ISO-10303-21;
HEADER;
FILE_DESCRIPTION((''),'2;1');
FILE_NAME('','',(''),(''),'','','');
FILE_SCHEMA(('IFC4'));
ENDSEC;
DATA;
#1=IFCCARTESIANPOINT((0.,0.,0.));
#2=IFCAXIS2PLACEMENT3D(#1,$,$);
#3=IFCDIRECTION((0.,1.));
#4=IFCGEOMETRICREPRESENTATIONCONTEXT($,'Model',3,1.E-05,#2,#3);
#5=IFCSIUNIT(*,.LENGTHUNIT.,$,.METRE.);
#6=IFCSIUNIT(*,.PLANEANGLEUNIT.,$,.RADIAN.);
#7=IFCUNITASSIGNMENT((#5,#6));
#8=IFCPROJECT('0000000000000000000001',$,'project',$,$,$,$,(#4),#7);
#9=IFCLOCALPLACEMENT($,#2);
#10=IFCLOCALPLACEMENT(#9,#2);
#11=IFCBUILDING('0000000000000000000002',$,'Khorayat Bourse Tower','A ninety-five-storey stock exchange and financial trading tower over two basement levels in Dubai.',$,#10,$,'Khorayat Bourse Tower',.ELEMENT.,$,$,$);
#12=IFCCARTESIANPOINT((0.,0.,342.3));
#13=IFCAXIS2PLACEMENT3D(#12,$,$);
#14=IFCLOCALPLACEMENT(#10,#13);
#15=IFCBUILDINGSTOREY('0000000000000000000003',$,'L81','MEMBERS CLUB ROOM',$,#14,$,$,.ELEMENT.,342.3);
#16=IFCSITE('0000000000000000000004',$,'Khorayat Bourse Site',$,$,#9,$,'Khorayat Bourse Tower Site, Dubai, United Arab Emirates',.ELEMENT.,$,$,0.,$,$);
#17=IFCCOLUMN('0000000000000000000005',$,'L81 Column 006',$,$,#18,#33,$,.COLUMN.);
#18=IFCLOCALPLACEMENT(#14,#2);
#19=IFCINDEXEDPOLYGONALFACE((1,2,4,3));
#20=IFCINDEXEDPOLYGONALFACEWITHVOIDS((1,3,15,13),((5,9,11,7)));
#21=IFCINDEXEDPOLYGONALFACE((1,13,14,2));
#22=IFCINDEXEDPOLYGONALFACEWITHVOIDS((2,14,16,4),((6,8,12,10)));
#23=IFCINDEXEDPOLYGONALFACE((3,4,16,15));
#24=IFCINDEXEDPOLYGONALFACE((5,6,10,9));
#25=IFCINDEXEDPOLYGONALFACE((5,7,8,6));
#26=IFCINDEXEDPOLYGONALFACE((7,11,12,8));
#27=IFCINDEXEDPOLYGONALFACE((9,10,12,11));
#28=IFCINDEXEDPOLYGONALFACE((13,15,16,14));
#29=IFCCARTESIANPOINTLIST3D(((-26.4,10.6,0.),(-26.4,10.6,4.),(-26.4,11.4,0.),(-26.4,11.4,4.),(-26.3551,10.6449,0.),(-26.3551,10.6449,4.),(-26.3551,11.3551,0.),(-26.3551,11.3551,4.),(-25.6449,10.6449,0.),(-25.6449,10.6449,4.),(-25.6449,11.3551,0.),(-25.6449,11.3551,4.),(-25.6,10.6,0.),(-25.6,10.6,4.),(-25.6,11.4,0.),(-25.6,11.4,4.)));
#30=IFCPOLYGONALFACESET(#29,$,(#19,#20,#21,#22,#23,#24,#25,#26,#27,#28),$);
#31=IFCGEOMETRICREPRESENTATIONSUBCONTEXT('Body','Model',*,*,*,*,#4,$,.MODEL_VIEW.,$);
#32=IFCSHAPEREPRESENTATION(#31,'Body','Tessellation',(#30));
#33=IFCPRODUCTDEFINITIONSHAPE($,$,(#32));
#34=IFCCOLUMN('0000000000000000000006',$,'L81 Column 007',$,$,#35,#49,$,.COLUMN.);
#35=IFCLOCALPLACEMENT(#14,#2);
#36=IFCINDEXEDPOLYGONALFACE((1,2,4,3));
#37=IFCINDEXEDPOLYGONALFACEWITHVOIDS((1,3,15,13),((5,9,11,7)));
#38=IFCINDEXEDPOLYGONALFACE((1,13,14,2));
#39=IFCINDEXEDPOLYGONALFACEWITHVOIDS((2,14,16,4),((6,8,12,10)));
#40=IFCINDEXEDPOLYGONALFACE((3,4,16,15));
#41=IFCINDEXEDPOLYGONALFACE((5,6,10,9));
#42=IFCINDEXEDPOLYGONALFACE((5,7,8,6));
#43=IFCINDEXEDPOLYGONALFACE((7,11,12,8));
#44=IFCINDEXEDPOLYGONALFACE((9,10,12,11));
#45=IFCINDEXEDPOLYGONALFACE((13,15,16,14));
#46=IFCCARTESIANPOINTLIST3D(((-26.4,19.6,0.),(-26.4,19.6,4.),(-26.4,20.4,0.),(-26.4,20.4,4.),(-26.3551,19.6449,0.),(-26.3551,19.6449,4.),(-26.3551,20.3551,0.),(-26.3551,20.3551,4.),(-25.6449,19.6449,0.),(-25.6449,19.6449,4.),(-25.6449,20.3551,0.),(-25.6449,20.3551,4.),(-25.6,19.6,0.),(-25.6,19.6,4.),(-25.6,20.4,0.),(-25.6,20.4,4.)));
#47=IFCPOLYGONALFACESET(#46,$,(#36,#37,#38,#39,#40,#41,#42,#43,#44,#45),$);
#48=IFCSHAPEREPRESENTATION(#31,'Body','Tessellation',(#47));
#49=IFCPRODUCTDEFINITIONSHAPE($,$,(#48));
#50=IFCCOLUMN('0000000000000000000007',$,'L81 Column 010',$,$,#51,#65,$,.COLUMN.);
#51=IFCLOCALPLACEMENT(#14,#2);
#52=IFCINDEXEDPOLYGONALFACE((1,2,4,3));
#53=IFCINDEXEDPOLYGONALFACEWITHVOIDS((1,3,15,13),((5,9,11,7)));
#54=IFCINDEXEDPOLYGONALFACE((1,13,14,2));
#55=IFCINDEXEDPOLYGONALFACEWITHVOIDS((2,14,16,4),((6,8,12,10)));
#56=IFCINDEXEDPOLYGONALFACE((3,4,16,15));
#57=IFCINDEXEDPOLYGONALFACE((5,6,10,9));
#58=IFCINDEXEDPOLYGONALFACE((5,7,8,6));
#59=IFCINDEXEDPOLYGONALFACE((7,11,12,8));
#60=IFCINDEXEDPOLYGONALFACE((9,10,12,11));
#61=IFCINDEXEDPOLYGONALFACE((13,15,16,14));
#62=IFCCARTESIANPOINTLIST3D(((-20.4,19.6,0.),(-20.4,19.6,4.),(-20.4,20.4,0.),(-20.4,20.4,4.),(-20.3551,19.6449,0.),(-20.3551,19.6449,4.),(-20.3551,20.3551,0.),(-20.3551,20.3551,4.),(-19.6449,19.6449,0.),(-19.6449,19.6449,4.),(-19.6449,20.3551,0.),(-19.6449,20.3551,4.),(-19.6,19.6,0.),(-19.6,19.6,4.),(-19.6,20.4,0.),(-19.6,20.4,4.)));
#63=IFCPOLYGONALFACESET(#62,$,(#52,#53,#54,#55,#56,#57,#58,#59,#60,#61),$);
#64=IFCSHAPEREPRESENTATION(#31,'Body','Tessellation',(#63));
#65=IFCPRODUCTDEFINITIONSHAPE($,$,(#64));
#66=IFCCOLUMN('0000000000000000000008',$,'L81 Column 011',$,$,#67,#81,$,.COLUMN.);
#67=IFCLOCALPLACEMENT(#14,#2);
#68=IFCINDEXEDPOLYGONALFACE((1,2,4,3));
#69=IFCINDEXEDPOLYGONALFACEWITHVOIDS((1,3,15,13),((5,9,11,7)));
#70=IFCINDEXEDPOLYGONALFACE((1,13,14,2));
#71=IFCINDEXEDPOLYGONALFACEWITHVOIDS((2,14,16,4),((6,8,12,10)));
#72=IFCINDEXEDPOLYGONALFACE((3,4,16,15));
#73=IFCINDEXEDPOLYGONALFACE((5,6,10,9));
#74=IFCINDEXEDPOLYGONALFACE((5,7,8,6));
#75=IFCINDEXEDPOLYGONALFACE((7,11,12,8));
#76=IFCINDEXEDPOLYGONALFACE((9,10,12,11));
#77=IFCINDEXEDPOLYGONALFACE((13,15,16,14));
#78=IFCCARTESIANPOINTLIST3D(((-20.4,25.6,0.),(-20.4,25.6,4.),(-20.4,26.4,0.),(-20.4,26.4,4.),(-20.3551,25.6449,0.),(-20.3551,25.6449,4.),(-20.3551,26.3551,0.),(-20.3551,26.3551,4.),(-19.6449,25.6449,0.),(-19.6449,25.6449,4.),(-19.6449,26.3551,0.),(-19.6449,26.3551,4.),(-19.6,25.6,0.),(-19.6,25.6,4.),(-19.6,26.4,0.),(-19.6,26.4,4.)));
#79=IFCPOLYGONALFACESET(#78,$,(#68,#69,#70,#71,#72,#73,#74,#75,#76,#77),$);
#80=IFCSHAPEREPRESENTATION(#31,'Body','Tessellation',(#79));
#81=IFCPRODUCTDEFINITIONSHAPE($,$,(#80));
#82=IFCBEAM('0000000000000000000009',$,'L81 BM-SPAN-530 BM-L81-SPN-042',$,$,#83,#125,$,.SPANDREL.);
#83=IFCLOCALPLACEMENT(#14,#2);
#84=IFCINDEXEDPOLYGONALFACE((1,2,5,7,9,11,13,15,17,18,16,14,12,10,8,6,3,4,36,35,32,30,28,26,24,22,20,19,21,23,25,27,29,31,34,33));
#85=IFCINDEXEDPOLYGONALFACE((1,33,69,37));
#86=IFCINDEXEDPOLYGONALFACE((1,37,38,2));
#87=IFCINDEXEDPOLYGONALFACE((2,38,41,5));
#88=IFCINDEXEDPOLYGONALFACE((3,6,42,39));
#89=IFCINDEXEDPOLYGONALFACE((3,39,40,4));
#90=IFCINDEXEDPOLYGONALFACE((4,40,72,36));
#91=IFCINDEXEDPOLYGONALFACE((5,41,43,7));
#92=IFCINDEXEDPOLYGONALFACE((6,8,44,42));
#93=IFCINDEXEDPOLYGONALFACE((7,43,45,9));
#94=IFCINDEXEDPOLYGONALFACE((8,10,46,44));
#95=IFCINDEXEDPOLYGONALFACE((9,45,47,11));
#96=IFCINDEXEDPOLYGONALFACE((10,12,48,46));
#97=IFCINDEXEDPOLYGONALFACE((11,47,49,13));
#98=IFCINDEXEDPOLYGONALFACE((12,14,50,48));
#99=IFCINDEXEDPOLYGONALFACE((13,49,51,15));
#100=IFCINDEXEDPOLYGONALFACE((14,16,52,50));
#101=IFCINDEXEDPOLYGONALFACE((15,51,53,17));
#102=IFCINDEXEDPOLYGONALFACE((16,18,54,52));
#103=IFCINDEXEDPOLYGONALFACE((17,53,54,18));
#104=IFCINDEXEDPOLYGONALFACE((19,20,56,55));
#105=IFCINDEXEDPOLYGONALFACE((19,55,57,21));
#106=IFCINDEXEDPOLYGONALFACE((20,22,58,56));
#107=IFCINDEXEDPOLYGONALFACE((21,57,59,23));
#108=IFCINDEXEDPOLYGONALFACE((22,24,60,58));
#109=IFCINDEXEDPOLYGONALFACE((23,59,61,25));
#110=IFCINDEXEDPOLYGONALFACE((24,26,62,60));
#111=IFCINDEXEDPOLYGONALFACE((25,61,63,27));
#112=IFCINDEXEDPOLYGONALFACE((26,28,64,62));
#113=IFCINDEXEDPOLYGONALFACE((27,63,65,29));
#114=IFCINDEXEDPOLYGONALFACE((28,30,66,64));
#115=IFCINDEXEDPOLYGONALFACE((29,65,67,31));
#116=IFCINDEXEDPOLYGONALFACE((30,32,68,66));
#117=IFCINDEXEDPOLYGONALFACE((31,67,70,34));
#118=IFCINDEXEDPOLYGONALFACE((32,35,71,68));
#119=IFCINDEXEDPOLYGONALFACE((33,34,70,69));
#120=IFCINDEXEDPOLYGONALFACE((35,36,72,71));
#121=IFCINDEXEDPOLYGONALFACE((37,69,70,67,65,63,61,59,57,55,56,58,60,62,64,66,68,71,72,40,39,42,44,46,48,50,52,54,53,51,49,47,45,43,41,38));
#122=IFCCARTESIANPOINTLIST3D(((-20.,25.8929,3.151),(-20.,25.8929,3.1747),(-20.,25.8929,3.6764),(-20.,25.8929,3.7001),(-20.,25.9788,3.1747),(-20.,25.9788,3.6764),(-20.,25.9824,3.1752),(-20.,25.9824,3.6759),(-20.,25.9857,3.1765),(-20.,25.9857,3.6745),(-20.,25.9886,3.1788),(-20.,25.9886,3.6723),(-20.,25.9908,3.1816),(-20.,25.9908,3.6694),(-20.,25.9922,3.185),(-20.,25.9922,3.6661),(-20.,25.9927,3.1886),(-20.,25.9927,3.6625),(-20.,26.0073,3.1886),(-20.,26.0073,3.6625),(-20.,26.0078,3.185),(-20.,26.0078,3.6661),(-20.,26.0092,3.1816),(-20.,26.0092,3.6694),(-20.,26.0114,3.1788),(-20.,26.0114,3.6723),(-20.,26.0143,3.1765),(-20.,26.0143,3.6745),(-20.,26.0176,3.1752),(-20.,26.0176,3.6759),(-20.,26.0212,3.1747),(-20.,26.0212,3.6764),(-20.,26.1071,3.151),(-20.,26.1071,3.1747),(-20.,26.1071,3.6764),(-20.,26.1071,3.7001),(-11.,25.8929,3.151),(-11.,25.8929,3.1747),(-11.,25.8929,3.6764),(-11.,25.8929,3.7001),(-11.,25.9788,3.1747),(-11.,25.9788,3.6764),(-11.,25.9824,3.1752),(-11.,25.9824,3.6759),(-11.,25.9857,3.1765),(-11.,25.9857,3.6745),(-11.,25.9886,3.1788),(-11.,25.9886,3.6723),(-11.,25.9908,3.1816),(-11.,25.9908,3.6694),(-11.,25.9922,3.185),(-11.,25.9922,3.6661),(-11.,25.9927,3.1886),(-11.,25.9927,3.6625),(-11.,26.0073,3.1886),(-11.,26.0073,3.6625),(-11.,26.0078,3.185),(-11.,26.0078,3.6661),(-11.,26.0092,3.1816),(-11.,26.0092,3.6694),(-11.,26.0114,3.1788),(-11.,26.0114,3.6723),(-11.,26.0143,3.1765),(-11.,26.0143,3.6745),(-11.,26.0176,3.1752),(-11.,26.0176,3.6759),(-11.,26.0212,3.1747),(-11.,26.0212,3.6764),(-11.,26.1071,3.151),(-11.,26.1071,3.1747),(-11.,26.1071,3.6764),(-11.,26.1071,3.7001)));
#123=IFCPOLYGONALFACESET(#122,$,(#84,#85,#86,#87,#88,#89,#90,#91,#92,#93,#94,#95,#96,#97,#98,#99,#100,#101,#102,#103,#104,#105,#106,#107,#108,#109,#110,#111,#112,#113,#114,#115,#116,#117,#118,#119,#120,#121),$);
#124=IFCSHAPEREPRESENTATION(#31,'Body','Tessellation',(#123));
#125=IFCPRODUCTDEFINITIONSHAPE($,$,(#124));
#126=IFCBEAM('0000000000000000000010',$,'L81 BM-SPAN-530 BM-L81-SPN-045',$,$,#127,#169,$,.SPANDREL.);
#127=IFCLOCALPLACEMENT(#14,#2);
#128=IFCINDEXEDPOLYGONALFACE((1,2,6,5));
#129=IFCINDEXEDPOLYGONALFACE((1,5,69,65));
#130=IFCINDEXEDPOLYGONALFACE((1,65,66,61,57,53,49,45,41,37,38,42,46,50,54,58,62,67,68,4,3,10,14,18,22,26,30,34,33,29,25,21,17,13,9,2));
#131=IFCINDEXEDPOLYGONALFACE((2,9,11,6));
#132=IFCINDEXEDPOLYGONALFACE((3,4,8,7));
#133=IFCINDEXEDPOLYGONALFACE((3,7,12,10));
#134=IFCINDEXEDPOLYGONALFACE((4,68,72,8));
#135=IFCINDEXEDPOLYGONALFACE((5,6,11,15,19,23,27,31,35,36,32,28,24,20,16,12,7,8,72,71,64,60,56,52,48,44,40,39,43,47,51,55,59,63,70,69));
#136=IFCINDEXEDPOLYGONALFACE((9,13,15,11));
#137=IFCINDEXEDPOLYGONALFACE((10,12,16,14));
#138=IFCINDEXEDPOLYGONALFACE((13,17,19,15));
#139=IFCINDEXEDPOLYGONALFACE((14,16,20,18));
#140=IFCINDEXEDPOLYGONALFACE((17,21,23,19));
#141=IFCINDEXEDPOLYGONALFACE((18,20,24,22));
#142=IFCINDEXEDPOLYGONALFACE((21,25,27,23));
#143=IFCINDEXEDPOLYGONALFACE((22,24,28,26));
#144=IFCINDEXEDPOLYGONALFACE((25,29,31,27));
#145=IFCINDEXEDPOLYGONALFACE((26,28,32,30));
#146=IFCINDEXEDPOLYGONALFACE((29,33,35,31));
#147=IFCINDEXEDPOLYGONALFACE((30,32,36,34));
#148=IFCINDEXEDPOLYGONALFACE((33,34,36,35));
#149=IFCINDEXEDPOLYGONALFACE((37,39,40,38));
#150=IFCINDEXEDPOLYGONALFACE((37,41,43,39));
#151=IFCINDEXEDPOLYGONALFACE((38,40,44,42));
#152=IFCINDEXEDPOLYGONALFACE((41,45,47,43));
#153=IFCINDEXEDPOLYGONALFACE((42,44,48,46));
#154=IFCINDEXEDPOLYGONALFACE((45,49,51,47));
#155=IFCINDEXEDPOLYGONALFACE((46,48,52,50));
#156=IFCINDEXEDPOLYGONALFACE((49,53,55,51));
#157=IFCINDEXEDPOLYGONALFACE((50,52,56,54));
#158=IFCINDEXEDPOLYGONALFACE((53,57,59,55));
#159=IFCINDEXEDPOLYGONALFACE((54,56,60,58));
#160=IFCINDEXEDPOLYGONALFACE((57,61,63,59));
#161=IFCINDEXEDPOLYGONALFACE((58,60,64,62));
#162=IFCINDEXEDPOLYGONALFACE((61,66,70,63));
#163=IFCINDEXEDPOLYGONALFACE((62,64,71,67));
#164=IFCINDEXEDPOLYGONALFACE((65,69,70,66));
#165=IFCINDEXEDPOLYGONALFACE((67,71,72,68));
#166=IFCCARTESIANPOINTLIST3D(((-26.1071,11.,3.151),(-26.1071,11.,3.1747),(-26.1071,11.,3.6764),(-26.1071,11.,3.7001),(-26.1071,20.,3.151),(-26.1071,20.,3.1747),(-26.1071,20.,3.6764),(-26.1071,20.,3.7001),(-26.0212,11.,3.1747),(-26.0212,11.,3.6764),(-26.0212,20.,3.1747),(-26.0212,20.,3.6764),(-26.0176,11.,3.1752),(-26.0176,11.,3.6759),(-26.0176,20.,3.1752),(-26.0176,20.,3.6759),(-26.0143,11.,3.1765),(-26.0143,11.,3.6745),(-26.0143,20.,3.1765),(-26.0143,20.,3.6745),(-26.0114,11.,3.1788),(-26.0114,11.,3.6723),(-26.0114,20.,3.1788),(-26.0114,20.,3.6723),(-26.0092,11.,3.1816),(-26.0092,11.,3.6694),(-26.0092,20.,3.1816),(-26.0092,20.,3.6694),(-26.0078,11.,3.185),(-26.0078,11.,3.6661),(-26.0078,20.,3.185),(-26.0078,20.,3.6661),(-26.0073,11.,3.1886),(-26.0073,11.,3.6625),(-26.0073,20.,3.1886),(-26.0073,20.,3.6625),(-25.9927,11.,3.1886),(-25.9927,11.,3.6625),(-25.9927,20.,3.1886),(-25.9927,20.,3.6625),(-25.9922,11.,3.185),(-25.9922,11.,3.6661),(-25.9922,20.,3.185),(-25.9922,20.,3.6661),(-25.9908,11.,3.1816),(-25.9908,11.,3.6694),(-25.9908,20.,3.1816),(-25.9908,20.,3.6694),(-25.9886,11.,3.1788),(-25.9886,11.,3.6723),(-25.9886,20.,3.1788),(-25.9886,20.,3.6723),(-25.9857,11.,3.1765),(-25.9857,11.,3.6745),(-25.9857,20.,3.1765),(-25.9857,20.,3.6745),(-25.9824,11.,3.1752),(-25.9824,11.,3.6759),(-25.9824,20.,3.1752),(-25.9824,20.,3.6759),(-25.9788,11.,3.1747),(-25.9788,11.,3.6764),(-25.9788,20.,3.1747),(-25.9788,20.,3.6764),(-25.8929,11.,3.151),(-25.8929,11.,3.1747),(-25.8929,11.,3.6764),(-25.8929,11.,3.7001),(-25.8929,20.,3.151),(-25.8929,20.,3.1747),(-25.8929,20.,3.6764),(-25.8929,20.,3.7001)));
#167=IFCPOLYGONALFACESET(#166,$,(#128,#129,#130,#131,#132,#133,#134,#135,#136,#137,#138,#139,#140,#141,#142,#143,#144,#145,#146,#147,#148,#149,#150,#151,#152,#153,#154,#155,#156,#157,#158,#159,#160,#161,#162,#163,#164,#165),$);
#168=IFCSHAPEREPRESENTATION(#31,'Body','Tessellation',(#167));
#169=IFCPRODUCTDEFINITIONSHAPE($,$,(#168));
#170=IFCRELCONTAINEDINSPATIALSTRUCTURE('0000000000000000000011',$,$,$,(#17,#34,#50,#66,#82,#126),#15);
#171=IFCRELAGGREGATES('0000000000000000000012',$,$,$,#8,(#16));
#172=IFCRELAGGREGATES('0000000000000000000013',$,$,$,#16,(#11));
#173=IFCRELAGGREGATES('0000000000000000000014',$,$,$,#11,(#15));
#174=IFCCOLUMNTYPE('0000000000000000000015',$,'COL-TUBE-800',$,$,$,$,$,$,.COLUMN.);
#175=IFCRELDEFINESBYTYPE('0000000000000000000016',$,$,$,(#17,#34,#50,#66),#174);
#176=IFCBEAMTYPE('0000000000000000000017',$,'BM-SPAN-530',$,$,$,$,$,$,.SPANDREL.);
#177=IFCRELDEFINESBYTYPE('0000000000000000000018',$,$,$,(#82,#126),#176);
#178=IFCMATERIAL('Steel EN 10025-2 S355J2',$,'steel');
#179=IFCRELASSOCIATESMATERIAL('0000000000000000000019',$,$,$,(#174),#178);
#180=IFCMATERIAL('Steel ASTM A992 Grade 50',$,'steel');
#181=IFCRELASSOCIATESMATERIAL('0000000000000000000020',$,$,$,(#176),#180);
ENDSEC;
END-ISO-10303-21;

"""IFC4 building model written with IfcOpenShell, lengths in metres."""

from ifc_helpers import new_model, si_unit, direction, frame, origin, origin_2d, place, context, subcontext, project, spatial, hollow_rectangle, i_section, extrude, source, transform, mapped, material, material_profile, profile_set, type_object, element, save


model = new_model("IFC4")

# Units and contexts
model_context = context("Model", 3, precision=1e-05, world=origin(), true_north=direction((0.0, 1.0)))
body_context = subcontext(model_context, "Body", "Model", "MODEL_VIEW")
ifc_project = project(units=[si_unit("LENGTHUNIT", "METRE"), si_unit("PLANEANGLEUNIT", "RADIAN")], contexts=[model_context])

# Site, building, storey
site_placement = place(None, origin())
site = spatial("IfcSite", under=ifc_project, at=site_placement, Name="Khorayat Bourse Site", LongName="Khorayat Bourse Tower Site, Dubai, United Arab Emirates", CompositionType="ELEMENT", RefElevation=0.0)
building_placement = place(site_placement, origin())
building = spatial("IfcBuilding", under=site, at=building_placement, Name="Khorayat Bourse Tower", Description="A ninety-five-storey stock exchange and financial trading tower over two basement levels in Dubai.", LongName="Khorayat Bourse Tower", CompositionType="ELEMENT")
storey_placement = place(building_placement, frame((0.0, 0.0, 342.3)))
storey = spatial("IfcBuildingStorey", under=building, at=storey_placement, Name="L81", Description="MEMBERS CLUB ROOM", CompositionType="ELEMENT", Elevation=342.3)

# Columns
ifc_material_1 = material(Name="Steel EN 10025-2 S355J2", Category="steel")
ifc_material_profile_1 = material_profile(ifc_material_1, hollow_rectangle(XDim=0.8, YDim=0.8, WallThickness=0.0449, at=origin_2d()), Name="BOX 800x800x45")
ifc_profile_set_1 = profile_set([ifc_material_profile_1], Name="Steel EN 10025-2 S355J2")
column_type = type_object("IfcColumnType", Name="COL-TUBE-800", PredefinedType="COLUMN", material=ifc_profile_set_1)
shared_shape_1 = source(origin(), body_context, "Body", "SweptSolid", [
    extrude(hollow_rectangle(XDim=0.8, YDim=0.8, WallThickness=0.0449, at=origin_2d()), origin(), (0.0, 0.0, 1.0), 4.0),
])
for number, where, z_axis, x_axis, name in (
    (1, (-26.0, 11.0, 0.0), (0.0, 0.0, 1.0), (1.0, 0.0, 0.0), "L81 Column 006"),
    (2, (-26.0, 20.0, 0.0), (0.0, 0.0, 1.0), (1.0, 0.0, 0.0), "L81 Column 007"),
    (3, (-20.0, 20.0, 0.0), (0.0, 0.0, 1.0), (1.0, 0.0, 0.0), "L81 Column 010"),
    (4, (-20.0, 26.0, 0.0), (0.0, 0.0, 1.0), (1.0, 0.0, 0.0), "L81 Column 011"),
):
    element("IfcColumn", number, at=place(storey_placement, frame(where, z_axis=z_axis, x_axis=x_axis)), inside=storey, type_object=column_type, Name=name, PredefinedType="COLUMN", context=body_context, shape_type="MappedRepresentation", body=[
        mapped(shared_shape_1, transform((0.0, 0.0, 0.0), scale=1.0)),
    ])

# Beams
ifc_material_2 = material(Name="Steel ASTM A992 Grade 50", Category="steel")
ifc_material_profile_2 = material_profile(ifc_material_2, i_section(OverallWidth=0.2141, OverallDepth=0.5491, WebThickness=0.0146, FlangeThickness=0.0237, FilletRadius=0.0139, at=origin_2d()), Name="W530X138")
ifc_profile_set_2 = profile_set([ifc_material_profile_2], Name="Steel ASTM A992 Grade 50")
beam_type_1 = type_object("IfcBeamType", Name="BM-SPAN-530", PredefinedType="SPANDREL", material=ifc_profile_set_2)
shared_shape_2 = source(origin(), body_context, "Body", "SweptSolid", [
    extrude(i_section(OverallWidth=0.2141, OverallDepth=0.5491, WebThickness=0.0146, FlangeThickness=0.0237, FilletRadius=0.0139, at=origin_2d()), origin(), (0.0, 0.0, 1.0), 9.0),
])
for number, where, z_axis, x_axis, name in (
    (5, (-20.0, 26.0, 3.4255), (1.0, 0.0, 0.0), (0.0, 1.0, 0.0), "L81 BM-SPAN-530 BM-L81-SPN-042"),
    (6, (-26.0, 11.0, 3.4255), (0.0, 1.0, 0.0), (-1.0, 0.0, 0.0), "L81 BM-SPAN-530 BM-L81-SPN-045"),
):
    element("IfcBeam", number, at=place(storey_placement, frame(where, z_axis=z_axis, x_axis=x_axis)), inside=storey, type_object=beam_type_1, Name=name, PredefinedType="SPANDREL", context=body_context, shape_type="MappedRepresentation", body=[
        mapped(shared_shape_2, transform((0.0, 0.0, 0.0), scale=1.0)),
    ])

save(model, "model.ifc")
